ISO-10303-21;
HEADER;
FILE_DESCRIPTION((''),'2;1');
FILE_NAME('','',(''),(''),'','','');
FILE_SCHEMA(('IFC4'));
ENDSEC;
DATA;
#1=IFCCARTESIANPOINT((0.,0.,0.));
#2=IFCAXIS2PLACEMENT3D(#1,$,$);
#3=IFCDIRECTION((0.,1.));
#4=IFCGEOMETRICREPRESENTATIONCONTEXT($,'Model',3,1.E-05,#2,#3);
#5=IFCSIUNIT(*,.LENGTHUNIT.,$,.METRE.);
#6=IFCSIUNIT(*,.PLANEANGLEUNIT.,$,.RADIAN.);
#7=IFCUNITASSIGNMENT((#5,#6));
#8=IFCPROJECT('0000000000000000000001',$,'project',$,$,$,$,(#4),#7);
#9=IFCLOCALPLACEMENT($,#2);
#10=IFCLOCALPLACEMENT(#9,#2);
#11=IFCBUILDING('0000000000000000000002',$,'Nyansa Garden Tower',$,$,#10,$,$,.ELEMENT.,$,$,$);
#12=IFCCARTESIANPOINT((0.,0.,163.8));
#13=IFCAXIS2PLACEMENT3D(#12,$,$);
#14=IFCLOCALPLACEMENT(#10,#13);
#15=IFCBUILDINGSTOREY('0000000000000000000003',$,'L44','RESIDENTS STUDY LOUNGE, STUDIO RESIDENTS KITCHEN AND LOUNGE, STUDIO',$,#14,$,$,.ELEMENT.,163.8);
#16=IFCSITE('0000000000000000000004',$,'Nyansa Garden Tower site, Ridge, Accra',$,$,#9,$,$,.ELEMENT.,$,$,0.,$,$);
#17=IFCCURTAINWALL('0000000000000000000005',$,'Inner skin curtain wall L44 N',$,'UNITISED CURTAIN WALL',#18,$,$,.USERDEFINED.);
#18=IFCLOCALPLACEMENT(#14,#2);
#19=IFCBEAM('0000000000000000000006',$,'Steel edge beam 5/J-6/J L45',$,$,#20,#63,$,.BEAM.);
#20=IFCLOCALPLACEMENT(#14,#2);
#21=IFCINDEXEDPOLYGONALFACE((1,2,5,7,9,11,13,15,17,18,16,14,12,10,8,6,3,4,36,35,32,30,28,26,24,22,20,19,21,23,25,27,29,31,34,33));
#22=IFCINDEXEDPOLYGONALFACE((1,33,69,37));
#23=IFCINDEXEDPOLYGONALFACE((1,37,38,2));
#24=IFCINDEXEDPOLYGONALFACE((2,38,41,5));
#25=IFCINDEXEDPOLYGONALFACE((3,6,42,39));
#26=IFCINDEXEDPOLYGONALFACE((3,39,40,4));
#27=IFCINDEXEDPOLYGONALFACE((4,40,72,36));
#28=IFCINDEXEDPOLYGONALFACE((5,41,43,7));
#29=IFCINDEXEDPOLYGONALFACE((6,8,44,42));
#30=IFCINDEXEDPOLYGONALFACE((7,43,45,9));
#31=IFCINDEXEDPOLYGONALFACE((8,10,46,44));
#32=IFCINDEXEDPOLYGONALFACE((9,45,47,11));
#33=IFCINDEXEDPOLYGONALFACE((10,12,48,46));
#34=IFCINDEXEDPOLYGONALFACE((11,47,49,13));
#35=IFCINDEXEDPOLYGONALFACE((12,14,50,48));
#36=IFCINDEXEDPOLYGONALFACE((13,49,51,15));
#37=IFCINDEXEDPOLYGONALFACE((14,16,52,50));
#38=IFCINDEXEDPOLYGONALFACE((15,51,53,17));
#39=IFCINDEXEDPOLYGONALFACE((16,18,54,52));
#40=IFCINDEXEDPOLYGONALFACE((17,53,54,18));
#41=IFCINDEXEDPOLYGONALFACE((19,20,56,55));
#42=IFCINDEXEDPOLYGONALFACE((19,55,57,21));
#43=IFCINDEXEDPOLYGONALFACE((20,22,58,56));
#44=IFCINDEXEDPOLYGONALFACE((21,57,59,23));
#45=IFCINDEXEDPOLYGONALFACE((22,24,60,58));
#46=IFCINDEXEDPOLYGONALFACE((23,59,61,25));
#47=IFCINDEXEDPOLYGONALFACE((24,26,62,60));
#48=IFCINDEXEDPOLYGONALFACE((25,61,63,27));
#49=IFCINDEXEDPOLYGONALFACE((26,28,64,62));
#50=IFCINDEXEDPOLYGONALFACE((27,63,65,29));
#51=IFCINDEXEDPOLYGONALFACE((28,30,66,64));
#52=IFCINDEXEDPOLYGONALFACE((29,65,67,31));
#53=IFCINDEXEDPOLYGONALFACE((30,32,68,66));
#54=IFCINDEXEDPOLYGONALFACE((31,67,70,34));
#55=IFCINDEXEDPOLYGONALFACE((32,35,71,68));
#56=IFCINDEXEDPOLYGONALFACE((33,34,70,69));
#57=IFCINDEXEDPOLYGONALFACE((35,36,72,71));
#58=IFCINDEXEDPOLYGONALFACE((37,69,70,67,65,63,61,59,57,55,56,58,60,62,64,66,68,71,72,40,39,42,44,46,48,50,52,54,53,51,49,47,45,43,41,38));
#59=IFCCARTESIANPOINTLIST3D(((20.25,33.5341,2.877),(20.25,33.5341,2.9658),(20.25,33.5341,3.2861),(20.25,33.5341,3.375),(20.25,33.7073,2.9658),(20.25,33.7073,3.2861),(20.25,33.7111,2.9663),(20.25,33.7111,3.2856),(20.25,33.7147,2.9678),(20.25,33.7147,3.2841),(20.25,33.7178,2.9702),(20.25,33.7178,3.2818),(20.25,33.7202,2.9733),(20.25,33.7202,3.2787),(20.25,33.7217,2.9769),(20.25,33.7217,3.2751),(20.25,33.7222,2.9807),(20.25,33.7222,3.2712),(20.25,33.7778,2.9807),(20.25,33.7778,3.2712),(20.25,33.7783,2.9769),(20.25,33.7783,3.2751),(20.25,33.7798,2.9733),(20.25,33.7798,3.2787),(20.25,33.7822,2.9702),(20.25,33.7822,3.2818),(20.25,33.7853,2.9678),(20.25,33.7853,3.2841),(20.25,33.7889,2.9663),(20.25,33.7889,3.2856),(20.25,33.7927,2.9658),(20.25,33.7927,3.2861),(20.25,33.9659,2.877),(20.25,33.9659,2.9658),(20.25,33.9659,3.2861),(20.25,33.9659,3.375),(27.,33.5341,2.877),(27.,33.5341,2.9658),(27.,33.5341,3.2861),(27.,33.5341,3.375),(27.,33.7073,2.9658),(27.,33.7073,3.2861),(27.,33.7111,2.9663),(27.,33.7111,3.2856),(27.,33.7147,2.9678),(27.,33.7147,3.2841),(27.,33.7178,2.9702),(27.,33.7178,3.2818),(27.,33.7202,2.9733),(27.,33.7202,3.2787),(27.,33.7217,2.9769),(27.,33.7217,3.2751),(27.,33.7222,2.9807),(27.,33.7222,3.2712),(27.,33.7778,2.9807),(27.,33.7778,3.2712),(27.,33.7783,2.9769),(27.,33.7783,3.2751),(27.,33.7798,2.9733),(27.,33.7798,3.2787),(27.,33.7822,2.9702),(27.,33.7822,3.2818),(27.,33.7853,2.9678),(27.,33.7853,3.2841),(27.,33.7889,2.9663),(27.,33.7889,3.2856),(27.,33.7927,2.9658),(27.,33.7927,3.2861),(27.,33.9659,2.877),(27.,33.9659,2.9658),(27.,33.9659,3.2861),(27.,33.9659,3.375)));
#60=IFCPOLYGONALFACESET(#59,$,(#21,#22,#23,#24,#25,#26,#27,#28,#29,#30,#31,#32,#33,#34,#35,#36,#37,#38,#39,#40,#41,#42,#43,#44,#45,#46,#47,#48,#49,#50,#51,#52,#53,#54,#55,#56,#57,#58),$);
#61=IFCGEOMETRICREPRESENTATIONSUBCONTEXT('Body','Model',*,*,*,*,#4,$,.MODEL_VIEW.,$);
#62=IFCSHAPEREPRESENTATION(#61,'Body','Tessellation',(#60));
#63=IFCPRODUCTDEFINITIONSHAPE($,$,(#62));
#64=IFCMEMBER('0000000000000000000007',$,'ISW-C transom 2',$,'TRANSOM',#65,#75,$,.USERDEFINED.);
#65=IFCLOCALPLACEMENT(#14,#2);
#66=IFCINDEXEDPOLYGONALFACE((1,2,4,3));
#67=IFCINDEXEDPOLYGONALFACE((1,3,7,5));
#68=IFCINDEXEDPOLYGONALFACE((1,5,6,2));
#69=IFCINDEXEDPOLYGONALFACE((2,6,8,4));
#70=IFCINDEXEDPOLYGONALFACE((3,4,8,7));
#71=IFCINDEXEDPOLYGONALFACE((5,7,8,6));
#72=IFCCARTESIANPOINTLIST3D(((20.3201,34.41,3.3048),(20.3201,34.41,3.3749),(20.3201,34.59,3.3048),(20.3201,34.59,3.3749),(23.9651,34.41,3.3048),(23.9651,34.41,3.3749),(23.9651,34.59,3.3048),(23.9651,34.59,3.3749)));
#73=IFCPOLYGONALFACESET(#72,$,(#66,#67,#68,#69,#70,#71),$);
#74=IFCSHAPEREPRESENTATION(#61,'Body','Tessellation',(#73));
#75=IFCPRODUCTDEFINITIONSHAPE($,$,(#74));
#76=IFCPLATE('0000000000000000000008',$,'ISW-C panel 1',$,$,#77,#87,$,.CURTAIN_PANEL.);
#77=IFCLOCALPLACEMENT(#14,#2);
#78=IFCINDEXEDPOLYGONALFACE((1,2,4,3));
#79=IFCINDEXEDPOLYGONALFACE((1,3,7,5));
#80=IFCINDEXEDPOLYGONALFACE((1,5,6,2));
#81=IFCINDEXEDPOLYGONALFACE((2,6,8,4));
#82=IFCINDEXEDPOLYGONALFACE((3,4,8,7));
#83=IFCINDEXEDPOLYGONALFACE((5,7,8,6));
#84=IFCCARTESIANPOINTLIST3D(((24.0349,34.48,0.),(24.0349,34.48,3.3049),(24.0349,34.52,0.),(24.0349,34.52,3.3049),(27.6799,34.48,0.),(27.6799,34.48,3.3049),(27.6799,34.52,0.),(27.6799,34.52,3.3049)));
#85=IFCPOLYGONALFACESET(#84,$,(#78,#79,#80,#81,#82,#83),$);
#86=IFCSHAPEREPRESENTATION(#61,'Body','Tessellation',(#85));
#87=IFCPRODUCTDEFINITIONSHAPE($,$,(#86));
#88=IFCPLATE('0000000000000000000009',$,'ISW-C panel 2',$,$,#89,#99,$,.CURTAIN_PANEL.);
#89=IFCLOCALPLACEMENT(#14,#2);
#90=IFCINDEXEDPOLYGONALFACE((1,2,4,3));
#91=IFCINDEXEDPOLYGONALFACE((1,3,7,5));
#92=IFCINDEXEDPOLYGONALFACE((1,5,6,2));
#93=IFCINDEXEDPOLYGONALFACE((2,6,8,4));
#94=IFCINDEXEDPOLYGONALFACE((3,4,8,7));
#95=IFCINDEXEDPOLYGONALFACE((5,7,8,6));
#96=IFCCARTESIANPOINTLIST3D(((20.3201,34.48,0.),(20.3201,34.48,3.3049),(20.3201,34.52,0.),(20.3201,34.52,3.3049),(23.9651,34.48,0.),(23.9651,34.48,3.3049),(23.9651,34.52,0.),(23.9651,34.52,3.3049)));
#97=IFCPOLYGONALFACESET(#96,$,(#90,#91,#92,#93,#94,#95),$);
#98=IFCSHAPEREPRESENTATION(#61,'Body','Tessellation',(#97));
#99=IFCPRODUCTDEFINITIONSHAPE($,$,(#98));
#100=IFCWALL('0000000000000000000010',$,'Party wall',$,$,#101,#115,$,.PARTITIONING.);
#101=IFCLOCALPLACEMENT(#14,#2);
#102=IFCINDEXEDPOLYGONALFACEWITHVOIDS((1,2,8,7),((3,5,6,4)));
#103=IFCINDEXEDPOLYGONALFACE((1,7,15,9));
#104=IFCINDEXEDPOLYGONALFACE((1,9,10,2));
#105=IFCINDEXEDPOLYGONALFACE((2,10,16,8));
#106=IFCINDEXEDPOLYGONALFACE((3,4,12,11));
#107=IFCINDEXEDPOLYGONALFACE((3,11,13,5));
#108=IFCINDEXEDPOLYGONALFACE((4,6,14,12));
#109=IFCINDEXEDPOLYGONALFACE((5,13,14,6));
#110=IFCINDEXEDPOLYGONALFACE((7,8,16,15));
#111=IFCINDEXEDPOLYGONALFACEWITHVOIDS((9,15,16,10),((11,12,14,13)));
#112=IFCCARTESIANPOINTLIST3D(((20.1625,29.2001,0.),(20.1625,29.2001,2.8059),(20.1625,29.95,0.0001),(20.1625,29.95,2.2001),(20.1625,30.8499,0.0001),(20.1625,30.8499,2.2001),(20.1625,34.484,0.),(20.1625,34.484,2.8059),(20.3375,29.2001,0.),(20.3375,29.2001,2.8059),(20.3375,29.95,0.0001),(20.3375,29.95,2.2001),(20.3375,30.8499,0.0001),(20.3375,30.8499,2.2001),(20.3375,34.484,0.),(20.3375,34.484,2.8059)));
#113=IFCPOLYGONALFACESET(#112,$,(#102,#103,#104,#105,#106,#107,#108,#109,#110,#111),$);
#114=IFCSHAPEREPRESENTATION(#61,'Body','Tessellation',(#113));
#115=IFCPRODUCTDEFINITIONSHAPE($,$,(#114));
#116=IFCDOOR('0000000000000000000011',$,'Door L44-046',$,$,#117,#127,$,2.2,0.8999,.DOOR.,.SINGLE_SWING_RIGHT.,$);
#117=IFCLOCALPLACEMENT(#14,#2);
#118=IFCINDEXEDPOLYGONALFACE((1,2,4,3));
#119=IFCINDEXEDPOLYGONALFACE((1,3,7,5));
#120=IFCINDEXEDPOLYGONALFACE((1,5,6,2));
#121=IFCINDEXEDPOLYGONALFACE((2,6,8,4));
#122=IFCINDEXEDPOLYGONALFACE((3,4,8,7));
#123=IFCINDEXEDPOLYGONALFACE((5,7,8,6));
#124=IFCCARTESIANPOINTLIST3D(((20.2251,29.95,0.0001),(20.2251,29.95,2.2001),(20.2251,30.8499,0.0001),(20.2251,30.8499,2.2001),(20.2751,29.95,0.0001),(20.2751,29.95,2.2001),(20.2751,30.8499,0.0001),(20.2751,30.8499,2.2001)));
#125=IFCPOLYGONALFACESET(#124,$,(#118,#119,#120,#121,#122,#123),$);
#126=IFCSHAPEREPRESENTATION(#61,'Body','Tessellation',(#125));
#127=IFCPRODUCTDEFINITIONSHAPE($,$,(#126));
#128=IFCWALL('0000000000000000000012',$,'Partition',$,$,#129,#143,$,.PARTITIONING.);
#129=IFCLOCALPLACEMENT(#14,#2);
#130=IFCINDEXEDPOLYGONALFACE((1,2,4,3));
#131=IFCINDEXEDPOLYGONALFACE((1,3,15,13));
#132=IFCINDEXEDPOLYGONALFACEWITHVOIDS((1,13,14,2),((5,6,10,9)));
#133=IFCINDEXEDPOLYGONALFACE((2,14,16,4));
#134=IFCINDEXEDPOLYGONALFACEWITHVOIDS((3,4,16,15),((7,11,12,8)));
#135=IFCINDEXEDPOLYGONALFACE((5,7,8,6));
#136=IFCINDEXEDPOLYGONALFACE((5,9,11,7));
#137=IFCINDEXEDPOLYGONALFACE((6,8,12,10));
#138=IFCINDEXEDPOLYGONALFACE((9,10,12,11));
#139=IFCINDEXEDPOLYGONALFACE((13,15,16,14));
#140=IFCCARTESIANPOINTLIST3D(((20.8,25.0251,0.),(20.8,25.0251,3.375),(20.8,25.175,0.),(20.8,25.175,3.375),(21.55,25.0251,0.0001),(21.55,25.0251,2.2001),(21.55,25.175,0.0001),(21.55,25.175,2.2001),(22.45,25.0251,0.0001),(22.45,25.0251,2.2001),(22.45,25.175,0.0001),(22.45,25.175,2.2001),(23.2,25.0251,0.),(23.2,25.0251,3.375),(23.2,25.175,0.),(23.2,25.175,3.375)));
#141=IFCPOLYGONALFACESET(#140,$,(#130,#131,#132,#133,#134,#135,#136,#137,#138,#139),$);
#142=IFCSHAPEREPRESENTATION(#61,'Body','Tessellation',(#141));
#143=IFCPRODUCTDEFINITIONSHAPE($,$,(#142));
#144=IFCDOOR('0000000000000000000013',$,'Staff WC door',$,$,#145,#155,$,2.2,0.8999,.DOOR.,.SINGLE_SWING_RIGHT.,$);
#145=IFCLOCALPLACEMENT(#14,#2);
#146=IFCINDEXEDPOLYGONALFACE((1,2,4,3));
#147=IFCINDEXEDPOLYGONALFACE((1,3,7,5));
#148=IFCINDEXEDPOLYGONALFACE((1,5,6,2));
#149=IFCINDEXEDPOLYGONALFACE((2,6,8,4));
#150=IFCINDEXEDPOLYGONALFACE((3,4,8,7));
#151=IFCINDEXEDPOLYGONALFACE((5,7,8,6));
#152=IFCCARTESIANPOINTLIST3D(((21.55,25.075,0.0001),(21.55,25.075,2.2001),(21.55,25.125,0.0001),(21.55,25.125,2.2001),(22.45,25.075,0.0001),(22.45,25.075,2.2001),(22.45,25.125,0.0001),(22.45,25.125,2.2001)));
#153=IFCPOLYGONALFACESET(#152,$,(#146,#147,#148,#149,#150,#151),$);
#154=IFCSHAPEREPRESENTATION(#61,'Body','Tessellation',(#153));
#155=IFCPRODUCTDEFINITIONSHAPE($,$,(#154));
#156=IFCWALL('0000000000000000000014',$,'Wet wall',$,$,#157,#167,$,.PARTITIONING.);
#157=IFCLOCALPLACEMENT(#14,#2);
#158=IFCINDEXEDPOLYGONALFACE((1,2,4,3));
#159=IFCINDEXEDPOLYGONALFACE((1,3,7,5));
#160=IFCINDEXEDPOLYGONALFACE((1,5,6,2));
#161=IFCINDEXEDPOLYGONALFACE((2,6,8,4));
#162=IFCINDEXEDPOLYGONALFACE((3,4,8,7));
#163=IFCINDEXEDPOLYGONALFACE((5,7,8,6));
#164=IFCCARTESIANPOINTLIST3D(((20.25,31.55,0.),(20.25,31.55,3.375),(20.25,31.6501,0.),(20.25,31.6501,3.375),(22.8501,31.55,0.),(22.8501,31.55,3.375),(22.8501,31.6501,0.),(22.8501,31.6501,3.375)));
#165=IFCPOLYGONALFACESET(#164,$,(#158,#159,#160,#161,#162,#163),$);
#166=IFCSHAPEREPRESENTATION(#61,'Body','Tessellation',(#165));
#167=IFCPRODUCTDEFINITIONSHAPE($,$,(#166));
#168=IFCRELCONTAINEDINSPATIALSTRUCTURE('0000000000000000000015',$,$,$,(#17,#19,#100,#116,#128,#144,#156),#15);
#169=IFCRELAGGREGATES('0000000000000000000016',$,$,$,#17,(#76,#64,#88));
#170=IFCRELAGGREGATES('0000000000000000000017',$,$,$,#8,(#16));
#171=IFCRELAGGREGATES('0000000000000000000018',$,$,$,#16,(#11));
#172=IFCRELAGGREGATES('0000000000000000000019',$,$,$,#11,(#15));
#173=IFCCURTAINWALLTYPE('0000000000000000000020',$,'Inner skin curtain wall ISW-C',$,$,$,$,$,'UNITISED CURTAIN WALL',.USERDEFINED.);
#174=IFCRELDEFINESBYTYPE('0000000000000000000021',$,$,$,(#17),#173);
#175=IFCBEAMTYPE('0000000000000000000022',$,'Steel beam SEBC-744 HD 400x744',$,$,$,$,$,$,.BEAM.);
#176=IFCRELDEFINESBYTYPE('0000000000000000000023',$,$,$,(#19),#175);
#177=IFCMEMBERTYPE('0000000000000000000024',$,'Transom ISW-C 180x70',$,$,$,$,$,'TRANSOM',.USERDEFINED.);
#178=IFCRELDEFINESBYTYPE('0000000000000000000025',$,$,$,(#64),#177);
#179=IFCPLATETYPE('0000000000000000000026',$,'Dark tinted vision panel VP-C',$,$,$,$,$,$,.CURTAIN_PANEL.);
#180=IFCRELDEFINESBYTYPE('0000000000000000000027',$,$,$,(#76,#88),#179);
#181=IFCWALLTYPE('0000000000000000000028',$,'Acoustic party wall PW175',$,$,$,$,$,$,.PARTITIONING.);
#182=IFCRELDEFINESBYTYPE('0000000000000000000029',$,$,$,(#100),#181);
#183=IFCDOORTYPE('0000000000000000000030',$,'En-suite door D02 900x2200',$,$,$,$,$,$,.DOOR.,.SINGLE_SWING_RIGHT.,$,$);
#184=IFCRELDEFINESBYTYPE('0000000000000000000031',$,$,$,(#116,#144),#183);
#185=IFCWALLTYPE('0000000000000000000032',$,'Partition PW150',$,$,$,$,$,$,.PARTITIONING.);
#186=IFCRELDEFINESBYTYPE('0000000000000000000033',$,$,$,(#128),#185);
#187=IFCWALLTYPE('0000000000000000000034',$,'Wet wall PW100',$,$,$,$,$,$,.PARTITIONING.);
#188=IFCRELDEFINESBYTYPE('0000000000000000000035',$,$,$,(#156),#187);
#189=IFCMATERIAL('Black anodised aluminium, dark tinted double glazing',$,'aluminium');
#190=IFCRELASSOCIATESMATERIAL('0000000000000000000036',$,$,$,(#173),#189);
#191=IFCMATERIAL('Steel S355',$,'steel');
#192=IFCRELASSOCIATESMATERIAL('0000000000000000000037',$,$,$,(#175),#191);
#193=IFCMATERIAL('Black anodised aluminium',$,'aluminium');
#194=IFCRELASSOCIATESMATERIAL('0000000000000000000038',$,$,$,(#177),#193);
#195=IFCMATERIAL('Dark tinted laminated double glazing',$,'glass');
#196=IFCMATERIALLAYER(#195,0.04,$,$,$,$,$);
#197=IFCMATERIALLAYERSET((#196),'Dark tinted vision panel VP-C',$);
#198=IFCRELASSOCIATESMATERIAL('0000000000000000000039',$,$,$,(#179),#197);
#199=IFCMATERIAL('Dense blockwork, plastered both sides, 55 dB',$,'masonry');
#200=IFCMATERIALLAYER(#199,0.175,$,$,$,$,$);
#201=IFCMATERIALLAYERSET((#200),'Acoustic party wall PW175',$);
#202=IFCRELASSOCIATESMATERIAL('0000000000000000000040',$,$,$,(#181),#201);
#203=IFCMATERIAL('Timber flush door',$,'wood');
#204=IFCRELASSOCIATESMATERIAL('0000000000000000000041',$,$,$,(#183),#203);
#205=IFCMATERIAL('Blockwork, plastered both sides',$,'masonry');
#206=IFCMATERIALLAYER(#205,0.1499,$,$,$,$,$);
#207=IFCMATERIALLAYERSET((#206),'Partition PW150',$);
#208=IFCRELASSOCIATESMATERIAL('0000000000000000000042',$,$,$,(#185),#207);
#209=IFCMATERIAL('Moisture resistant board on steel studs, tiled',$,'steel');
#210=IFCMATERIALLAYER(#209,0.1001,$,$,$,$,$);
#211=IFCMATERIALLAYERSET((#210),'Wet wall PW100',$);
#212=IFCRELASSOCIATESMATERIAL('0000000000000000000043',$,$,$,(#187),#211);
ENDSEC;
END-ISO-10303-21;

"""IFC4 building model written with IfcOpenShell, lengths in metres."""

from ifc_helpers import new_model, si_unit, direction, frame, frame_2d, origin, origin_2d, place, context, subcontext, project, spatial, rectangle, i_section, extrude, material, layer, layer_set, material_profile, profile_set, type_object, element, fill, aggregate, save


model = new_model("IFC4")

# Units and contexts
model_context = context("Model", 3, precision=1e-05, world=origin(), true_north=direction((0.0, 1.0)))
body_context = subcontext(model_context, "Body", "Model", "MODEL_VIEW")
ifc_project = project(units=[si_unit("LENGTHUNIT", "METRE"), si_unit("PLANEANGLEUNIT", "RADIAN")], contexts=[model_context])

# Site, building, storey
site_placement = place(None, origin())
site = spatial("IfcSite", under=ifc_project, at=site_placement, Name="Nyansa Garden Tower site, Ridge, Accra", CompositionType="ELEMENT", RefElevation=0.0)
building_placement = place(site_placement, origin())
building = spatial("IfcBuilding", under=site, at=building_placement, Name="Nyansa Garden Tower", CompositionType="ELEMENT")
storey_placement = place(building_placement, frame((0.0, 0.0, 163.8)))
storey = spatial("IfcBuildingStorey", under=building, at=storey_placement, Name="L44", Description="RESIDENTS STUDY LOUNGE, STUDIO RESIDENTS KITCHEN AND LOUNGE, STUDIO", CompositionType="ELEMENT", Elevation=163.8)

# Curtain wall
ifc_material_1 = material(Name="Black anodised aluminium, dark tinted double glazing", Category="aluminium")
curtain_wall_type = type_object("IfcCurtainWallType", Name="Inner skin curtain wall ISW-C", ElementType="UNITISED CURTAIN WALL", PredefinedType="USERDEFINED", material=ifc_material_1)
curtain_wall_placement = place(storey_placement, origin())
curtain_wall = element("IfcCurtainWall", 1, at=curtain_wall_placement, inside=storey, type_object=curtain_wall_type, Name="Inner skin curtain wall L44 N", ObjectType="UNITISED CURTAIN WALL", PredefinedType="USERDEFINED")

# Beam
ifc_material_2 = material(Name="Steel S355", Category="steel")
ifc_material_profile_1 = material_profile(ifc_material_2, i_section(OverallWidth=0.4319, OverallDepth=0.498, WebThickness=0.0557, FlangeThickness=0.0889, FilletRadius=0.0149, at=origin_2d()), Name="HD 400x744")
ifc_profile_set_1 = profile_set([ifc_material_profile_1], Name="Steel S355")
beam_type_1 = type_object("IfcBeamType", Name="Steel beam SEBC-744 HD 400x744", PredefinedType="BEAM", material=ifc_profile_set_1)
beam_1_placement = place(storey_placement, frame((20.25, 33.75, 3.126), z_axis=(1.0, 0.0, 0.0), x_axis=(0.0, 1.0, 0.0)))
element("IfcBeam", 2, at=beam_1_placement, inside=storey, type_object=beam_type_1, Name="Steel edge beam 5/J-6/J L45", PredefinedType="BEAM", context=body_context, shape_type="SweptSolid", body=[
    extrude(i_section(OverallWidth=0.4319, OverallDepth=0.498, WebThickness=0.0557, FlangeThickness=0.0889, FilletRadius=0.0149, at=origin_2d()), origin(), (0.0, 0.0, 1.0), 6.75),
])

# Member
ifc_material_3 = material(Name="Black anodised aluminium", Category="aluminium")
ifc_material_profile_2 = material_profile(ifc_material_3, rectangle(XDim=0.1799, YDim=0.0701, at=origin_2d()), Name="Transom 180x70")
ifc_profile_set_2 = profile_set([ifc_material_profile_2], Name="Black anodised aluminium")
member_type_1 = type_object("IfcMemberType", Name="Transom ISW-C 180x70", ElementType="TRANSOM", PredefinedType="USERDEFINED", material=ifc_profile_set_2)
member_1_placement = place(storey_placement, frame((23.9651, 34.5, 3.3398), z_axis=(-1.0, 0.0, 0.0), x_axis=(0.0, -1.0, 0.0)))
member_1 = element("IfcMember", 3, at=member_1_placement, type_object=member_type_1, Name="ISW-C transom 2", ObjectType="TRANSOM", PredefinedType="USERDEFINED", context=body_context, shape_type="SweptSolid", body=[
    extrude(rectangle(XDim=0.1799, YDim=0.0701, at=origin_2d()), origin(), (0.0, 0.0, 1.0), 3.645),
])

# Plates
ifc_material_4 = material(Name="Dark tinted laminated double glazing", Category="glass")
ifc_layer_1 = layer(ifc_material_4, 0.04)
ifc_layer_set_1 = layer_set([ifc_layer_1], Name="Dark tinted vision panel VP-C")
plate_type = type_object("IfcPlateType", Name="Dark tinted vision panel VP-C", PredefinedType="CURTAIN_PANEL", material=ifc_layer_set_1)
plate_1_placement = place(storey_placement, frame((25.8574, 34.5, 0.0), z_axis=(0.0, 0.0, 1.0), x_axis=(-1.0, 0.0, 0.0)))
plate_1 = element("IfcPlate", 4, at=plate_1_placement, type_object=plate_type, Name="ISW-C panel 1", PredefinedType="CURTAIN_PANEL", context=body_context, shape_type="SweptSolid", body=[
    extrude(rectangle(XDim=3.645, YDim=0.04, at=origin_2d()), origin(), (0.0, 0.0, 1.0), 3.3049),
])
plate_2_placement = place(storey_placement, frame((22.1426, 34.5, 0.0), z_axis=(0.0, 0.0, 1.0), x_axis=(-1.0, 0.0, 0.0)))
plate_2 = element("IfcPlate", 5, at=plate_2_placement, type_object=plate_type, Name="ISW-C panel 2", PredefinedType="CURTAIN_PANEL", context=body_context, shape_type="SweptSolid", body=[
    extrude(rectangle(XDim=3.645, YDim=0.04, at=origin_2d()), origin(), (0.0, 0.0, 1.0), 3.3049),
])
aggregate(curtain_wall, [plate_1, member_1, plate_2])

# Walls, openings, doors
ifc_material_5 = material(Name="Dense blockwork, plastered both sides, 55 dB", Category="masonry")
ifc_layer_2 = layer(ifc_material_5, 0.175)
ifc_layer_set_2 = layer_set([ifc_layer_2], Name="Acoustic party wall PW175")
wall_type_1 = type_object("IfcWallType", Name="Acoustic party wall PW175", PredefinedType="PARTITIONING", material=ifc_layer_set_2)
wall_1_placement = place(storey_placement, frame((20.25, 29.2, 0.0), z_axis=(0.0, 0.0, 1.0), x_axis=(0.0, 1.0, 0.0)))
wall_1 = element("IfcWall", 6, at=wall_1_placement, inside=storey, type_object=wall_type_1, Name="Party wall", PredefinedType="PARTITIONING", context=body_context, shape_type="SweptSolid", body=[
    extrude(rectangle(XDim=5.2839, YDim=0.175, at=frame_2d((2.6421, 0.0))), origin(), (0.0, 0.0, 1.0), 2.8059),
])
opening_1_placement = place(wall_1_placement, frame((0.75, 0.0, 0.0)))
opening_1 = element("IfcOpeningElement", 7, at=opening_1_placement, cuts=wall_1, PredefinedType="OPENING", context=body_context, shape_type="SweptSolid", body=[
    extrude(rectangle(XDim=0.8999, YDim=2.2, at=frame_2d((0.45, 1.1001))), frame((0.0, 0.0974, 0.0), z_axis=(0.0, -1.0, 0.0), x_axis=(1.0, 0.0, 0.0)), (0.0, 0.0, 1.0), 0.1951),
])
ifc_material_6 = material(Name="Timber flush door", Category="wood")
door_type = type_object("IfcDoorType", Name="En-suite door D02 900x2200", OperationType="SINGLE_SWING_RIGHT", PredefinedType="DOOR", material=ifc_material_6)
door_1_placement = place(opening_1_placement, origin())
door_1 = element("IfcDoor", 8, at=door_1_placement, inside=storey, type_object=door_type, Name="Door L44-046", OperationType="SINGLE_SWING_RIGHT", OverallHeight=2.2, OverallWidth=0.8999, PredefinedType="DOOR", context=body_context, shape_type="SweptSolid", body=[
    extrude(rectangle(XDim=0.8999, YDim=2.2, at=frame_2d((0.45, 1.1001))), frame((0.0, 0.0249, 0.0), z_axis=(0.0, -1.0, 0.0), x_axis=(1.0, 0.0, 0.0)), (0.0, 0.0, 1.0), 0.05),
])
fill(opening_1, door_1)
ifc_material_7 = material(Name="Blockwork, plastered both sides", Category="masonry")
ifc_layer_3 = layer(ifc_material_7, 0.1499)
ifc_layer_set_3 = layer_set([ifc_layer_3], Name="Partition PW150")
wall_type_2 = type_object("IfcWallType", Name="Partition PW150", PredefinedType="PARTITIONING", material=ifc_layer_set_3)
wall_2_placement = place(storey_placement, frame((20.8, 25.1001, 0.0), z_axis=(0.0, 0.0, 1.0), x_axis=(1.0, 0.0, 0.0)))
wall_2 = element("IfcWall", 9, at=wall_2_placement, inside=storey, type_object=wall_type_2, Name="Partition", PredefinedType="PARTITIONING", context=body_context, shape_type="SweptSolid", body=[
    extrude(rectangle(XDim=2.3999, YDim=0.1499, at=frame_2d((1.2, 0.0))), origin(), (0.0, 0.0, 1.0), 3.375),
])
opening_2_placement = place(wall_2_placement, frame((0.75, 0.0, 0.0)))
opening_2 = element("IfcOpeningElement", 10, at=opening_2_placement, cuts=wall_2, PredefinedType="OPENING", context=body_context, shape_type="SweptSolid", body=[
    extrude(rectangle(XDim=0.8999, YDim=2.2, at=frame_2d((0.45, 1.1001))), frame((0.0, 0.085, 0.0), z_axis=(0.0, -1.0, 0.0), x_axis=(1.0, 0.0, 0.0)), (0.0, 0.0, 1.0), 0.1699),
])
door_2_placement = place(opening_2_placement, origin())
door_2 = element("IfcDoor", 11, at=door_2_placement, inside=storey, type_object=door_type, Name="Staff WC door", OperationType="SINGLE_SWING_RIGHT", OverallHeight=2.2, OverallWidth=0.8999, PredefinedType="DOOR", context=body_context, shape_type="SweptSolid", body=[
    extrude(rectangle(XDim=0.8999, YDim=2.2, at=frame_2d((0.45, 1.1001))), frame((0.0, 0.0249, 0.0), z_axis=(0.0, -1.0, 0.0), x_axis=(1.0, 0.0, 0.0)), (0.0, 0.0, 1.0), 0.05),
])
fill(opening_2, door_2)

# Wall
ifc_material_8 = material(Name="Moisture resistant board on steel studs, tiled", Category="steel")
ifc_layer_4 = layer(ifc_material_8, 0.1001)
ifc_layer_set_4 = layer_set([ifc_layer_4], Name="Wet wall PW100")
wall_type_3 = type_object("IfcWallType", Name="Wet wall PW100", PredefinedType="PARTITIONING", material=ifc_layer_set_4)
wall_3_placement = place(storey_placement, frame((20.25, 31.6001, 0.0), z_axis=(0.0, 0.0, 1.0), x_axis=(1.0, 0.0, 0.0)))
element("IfcWall", 12, at=wall_3_placement, inside=storey, type_object=wall_type_3, Name="Wet wall", PredefinedType="PARTITIONING", context=body_context, shape_type="SweptSolid", body=[
    extrude(rectangle(XDim=2.6001, YDim=0.1001, at=frame_2d((1.3, 0.0))), origin(), (0.0, 0.0, 1.0), 3.375),
])

save(model, "model.ifc")
